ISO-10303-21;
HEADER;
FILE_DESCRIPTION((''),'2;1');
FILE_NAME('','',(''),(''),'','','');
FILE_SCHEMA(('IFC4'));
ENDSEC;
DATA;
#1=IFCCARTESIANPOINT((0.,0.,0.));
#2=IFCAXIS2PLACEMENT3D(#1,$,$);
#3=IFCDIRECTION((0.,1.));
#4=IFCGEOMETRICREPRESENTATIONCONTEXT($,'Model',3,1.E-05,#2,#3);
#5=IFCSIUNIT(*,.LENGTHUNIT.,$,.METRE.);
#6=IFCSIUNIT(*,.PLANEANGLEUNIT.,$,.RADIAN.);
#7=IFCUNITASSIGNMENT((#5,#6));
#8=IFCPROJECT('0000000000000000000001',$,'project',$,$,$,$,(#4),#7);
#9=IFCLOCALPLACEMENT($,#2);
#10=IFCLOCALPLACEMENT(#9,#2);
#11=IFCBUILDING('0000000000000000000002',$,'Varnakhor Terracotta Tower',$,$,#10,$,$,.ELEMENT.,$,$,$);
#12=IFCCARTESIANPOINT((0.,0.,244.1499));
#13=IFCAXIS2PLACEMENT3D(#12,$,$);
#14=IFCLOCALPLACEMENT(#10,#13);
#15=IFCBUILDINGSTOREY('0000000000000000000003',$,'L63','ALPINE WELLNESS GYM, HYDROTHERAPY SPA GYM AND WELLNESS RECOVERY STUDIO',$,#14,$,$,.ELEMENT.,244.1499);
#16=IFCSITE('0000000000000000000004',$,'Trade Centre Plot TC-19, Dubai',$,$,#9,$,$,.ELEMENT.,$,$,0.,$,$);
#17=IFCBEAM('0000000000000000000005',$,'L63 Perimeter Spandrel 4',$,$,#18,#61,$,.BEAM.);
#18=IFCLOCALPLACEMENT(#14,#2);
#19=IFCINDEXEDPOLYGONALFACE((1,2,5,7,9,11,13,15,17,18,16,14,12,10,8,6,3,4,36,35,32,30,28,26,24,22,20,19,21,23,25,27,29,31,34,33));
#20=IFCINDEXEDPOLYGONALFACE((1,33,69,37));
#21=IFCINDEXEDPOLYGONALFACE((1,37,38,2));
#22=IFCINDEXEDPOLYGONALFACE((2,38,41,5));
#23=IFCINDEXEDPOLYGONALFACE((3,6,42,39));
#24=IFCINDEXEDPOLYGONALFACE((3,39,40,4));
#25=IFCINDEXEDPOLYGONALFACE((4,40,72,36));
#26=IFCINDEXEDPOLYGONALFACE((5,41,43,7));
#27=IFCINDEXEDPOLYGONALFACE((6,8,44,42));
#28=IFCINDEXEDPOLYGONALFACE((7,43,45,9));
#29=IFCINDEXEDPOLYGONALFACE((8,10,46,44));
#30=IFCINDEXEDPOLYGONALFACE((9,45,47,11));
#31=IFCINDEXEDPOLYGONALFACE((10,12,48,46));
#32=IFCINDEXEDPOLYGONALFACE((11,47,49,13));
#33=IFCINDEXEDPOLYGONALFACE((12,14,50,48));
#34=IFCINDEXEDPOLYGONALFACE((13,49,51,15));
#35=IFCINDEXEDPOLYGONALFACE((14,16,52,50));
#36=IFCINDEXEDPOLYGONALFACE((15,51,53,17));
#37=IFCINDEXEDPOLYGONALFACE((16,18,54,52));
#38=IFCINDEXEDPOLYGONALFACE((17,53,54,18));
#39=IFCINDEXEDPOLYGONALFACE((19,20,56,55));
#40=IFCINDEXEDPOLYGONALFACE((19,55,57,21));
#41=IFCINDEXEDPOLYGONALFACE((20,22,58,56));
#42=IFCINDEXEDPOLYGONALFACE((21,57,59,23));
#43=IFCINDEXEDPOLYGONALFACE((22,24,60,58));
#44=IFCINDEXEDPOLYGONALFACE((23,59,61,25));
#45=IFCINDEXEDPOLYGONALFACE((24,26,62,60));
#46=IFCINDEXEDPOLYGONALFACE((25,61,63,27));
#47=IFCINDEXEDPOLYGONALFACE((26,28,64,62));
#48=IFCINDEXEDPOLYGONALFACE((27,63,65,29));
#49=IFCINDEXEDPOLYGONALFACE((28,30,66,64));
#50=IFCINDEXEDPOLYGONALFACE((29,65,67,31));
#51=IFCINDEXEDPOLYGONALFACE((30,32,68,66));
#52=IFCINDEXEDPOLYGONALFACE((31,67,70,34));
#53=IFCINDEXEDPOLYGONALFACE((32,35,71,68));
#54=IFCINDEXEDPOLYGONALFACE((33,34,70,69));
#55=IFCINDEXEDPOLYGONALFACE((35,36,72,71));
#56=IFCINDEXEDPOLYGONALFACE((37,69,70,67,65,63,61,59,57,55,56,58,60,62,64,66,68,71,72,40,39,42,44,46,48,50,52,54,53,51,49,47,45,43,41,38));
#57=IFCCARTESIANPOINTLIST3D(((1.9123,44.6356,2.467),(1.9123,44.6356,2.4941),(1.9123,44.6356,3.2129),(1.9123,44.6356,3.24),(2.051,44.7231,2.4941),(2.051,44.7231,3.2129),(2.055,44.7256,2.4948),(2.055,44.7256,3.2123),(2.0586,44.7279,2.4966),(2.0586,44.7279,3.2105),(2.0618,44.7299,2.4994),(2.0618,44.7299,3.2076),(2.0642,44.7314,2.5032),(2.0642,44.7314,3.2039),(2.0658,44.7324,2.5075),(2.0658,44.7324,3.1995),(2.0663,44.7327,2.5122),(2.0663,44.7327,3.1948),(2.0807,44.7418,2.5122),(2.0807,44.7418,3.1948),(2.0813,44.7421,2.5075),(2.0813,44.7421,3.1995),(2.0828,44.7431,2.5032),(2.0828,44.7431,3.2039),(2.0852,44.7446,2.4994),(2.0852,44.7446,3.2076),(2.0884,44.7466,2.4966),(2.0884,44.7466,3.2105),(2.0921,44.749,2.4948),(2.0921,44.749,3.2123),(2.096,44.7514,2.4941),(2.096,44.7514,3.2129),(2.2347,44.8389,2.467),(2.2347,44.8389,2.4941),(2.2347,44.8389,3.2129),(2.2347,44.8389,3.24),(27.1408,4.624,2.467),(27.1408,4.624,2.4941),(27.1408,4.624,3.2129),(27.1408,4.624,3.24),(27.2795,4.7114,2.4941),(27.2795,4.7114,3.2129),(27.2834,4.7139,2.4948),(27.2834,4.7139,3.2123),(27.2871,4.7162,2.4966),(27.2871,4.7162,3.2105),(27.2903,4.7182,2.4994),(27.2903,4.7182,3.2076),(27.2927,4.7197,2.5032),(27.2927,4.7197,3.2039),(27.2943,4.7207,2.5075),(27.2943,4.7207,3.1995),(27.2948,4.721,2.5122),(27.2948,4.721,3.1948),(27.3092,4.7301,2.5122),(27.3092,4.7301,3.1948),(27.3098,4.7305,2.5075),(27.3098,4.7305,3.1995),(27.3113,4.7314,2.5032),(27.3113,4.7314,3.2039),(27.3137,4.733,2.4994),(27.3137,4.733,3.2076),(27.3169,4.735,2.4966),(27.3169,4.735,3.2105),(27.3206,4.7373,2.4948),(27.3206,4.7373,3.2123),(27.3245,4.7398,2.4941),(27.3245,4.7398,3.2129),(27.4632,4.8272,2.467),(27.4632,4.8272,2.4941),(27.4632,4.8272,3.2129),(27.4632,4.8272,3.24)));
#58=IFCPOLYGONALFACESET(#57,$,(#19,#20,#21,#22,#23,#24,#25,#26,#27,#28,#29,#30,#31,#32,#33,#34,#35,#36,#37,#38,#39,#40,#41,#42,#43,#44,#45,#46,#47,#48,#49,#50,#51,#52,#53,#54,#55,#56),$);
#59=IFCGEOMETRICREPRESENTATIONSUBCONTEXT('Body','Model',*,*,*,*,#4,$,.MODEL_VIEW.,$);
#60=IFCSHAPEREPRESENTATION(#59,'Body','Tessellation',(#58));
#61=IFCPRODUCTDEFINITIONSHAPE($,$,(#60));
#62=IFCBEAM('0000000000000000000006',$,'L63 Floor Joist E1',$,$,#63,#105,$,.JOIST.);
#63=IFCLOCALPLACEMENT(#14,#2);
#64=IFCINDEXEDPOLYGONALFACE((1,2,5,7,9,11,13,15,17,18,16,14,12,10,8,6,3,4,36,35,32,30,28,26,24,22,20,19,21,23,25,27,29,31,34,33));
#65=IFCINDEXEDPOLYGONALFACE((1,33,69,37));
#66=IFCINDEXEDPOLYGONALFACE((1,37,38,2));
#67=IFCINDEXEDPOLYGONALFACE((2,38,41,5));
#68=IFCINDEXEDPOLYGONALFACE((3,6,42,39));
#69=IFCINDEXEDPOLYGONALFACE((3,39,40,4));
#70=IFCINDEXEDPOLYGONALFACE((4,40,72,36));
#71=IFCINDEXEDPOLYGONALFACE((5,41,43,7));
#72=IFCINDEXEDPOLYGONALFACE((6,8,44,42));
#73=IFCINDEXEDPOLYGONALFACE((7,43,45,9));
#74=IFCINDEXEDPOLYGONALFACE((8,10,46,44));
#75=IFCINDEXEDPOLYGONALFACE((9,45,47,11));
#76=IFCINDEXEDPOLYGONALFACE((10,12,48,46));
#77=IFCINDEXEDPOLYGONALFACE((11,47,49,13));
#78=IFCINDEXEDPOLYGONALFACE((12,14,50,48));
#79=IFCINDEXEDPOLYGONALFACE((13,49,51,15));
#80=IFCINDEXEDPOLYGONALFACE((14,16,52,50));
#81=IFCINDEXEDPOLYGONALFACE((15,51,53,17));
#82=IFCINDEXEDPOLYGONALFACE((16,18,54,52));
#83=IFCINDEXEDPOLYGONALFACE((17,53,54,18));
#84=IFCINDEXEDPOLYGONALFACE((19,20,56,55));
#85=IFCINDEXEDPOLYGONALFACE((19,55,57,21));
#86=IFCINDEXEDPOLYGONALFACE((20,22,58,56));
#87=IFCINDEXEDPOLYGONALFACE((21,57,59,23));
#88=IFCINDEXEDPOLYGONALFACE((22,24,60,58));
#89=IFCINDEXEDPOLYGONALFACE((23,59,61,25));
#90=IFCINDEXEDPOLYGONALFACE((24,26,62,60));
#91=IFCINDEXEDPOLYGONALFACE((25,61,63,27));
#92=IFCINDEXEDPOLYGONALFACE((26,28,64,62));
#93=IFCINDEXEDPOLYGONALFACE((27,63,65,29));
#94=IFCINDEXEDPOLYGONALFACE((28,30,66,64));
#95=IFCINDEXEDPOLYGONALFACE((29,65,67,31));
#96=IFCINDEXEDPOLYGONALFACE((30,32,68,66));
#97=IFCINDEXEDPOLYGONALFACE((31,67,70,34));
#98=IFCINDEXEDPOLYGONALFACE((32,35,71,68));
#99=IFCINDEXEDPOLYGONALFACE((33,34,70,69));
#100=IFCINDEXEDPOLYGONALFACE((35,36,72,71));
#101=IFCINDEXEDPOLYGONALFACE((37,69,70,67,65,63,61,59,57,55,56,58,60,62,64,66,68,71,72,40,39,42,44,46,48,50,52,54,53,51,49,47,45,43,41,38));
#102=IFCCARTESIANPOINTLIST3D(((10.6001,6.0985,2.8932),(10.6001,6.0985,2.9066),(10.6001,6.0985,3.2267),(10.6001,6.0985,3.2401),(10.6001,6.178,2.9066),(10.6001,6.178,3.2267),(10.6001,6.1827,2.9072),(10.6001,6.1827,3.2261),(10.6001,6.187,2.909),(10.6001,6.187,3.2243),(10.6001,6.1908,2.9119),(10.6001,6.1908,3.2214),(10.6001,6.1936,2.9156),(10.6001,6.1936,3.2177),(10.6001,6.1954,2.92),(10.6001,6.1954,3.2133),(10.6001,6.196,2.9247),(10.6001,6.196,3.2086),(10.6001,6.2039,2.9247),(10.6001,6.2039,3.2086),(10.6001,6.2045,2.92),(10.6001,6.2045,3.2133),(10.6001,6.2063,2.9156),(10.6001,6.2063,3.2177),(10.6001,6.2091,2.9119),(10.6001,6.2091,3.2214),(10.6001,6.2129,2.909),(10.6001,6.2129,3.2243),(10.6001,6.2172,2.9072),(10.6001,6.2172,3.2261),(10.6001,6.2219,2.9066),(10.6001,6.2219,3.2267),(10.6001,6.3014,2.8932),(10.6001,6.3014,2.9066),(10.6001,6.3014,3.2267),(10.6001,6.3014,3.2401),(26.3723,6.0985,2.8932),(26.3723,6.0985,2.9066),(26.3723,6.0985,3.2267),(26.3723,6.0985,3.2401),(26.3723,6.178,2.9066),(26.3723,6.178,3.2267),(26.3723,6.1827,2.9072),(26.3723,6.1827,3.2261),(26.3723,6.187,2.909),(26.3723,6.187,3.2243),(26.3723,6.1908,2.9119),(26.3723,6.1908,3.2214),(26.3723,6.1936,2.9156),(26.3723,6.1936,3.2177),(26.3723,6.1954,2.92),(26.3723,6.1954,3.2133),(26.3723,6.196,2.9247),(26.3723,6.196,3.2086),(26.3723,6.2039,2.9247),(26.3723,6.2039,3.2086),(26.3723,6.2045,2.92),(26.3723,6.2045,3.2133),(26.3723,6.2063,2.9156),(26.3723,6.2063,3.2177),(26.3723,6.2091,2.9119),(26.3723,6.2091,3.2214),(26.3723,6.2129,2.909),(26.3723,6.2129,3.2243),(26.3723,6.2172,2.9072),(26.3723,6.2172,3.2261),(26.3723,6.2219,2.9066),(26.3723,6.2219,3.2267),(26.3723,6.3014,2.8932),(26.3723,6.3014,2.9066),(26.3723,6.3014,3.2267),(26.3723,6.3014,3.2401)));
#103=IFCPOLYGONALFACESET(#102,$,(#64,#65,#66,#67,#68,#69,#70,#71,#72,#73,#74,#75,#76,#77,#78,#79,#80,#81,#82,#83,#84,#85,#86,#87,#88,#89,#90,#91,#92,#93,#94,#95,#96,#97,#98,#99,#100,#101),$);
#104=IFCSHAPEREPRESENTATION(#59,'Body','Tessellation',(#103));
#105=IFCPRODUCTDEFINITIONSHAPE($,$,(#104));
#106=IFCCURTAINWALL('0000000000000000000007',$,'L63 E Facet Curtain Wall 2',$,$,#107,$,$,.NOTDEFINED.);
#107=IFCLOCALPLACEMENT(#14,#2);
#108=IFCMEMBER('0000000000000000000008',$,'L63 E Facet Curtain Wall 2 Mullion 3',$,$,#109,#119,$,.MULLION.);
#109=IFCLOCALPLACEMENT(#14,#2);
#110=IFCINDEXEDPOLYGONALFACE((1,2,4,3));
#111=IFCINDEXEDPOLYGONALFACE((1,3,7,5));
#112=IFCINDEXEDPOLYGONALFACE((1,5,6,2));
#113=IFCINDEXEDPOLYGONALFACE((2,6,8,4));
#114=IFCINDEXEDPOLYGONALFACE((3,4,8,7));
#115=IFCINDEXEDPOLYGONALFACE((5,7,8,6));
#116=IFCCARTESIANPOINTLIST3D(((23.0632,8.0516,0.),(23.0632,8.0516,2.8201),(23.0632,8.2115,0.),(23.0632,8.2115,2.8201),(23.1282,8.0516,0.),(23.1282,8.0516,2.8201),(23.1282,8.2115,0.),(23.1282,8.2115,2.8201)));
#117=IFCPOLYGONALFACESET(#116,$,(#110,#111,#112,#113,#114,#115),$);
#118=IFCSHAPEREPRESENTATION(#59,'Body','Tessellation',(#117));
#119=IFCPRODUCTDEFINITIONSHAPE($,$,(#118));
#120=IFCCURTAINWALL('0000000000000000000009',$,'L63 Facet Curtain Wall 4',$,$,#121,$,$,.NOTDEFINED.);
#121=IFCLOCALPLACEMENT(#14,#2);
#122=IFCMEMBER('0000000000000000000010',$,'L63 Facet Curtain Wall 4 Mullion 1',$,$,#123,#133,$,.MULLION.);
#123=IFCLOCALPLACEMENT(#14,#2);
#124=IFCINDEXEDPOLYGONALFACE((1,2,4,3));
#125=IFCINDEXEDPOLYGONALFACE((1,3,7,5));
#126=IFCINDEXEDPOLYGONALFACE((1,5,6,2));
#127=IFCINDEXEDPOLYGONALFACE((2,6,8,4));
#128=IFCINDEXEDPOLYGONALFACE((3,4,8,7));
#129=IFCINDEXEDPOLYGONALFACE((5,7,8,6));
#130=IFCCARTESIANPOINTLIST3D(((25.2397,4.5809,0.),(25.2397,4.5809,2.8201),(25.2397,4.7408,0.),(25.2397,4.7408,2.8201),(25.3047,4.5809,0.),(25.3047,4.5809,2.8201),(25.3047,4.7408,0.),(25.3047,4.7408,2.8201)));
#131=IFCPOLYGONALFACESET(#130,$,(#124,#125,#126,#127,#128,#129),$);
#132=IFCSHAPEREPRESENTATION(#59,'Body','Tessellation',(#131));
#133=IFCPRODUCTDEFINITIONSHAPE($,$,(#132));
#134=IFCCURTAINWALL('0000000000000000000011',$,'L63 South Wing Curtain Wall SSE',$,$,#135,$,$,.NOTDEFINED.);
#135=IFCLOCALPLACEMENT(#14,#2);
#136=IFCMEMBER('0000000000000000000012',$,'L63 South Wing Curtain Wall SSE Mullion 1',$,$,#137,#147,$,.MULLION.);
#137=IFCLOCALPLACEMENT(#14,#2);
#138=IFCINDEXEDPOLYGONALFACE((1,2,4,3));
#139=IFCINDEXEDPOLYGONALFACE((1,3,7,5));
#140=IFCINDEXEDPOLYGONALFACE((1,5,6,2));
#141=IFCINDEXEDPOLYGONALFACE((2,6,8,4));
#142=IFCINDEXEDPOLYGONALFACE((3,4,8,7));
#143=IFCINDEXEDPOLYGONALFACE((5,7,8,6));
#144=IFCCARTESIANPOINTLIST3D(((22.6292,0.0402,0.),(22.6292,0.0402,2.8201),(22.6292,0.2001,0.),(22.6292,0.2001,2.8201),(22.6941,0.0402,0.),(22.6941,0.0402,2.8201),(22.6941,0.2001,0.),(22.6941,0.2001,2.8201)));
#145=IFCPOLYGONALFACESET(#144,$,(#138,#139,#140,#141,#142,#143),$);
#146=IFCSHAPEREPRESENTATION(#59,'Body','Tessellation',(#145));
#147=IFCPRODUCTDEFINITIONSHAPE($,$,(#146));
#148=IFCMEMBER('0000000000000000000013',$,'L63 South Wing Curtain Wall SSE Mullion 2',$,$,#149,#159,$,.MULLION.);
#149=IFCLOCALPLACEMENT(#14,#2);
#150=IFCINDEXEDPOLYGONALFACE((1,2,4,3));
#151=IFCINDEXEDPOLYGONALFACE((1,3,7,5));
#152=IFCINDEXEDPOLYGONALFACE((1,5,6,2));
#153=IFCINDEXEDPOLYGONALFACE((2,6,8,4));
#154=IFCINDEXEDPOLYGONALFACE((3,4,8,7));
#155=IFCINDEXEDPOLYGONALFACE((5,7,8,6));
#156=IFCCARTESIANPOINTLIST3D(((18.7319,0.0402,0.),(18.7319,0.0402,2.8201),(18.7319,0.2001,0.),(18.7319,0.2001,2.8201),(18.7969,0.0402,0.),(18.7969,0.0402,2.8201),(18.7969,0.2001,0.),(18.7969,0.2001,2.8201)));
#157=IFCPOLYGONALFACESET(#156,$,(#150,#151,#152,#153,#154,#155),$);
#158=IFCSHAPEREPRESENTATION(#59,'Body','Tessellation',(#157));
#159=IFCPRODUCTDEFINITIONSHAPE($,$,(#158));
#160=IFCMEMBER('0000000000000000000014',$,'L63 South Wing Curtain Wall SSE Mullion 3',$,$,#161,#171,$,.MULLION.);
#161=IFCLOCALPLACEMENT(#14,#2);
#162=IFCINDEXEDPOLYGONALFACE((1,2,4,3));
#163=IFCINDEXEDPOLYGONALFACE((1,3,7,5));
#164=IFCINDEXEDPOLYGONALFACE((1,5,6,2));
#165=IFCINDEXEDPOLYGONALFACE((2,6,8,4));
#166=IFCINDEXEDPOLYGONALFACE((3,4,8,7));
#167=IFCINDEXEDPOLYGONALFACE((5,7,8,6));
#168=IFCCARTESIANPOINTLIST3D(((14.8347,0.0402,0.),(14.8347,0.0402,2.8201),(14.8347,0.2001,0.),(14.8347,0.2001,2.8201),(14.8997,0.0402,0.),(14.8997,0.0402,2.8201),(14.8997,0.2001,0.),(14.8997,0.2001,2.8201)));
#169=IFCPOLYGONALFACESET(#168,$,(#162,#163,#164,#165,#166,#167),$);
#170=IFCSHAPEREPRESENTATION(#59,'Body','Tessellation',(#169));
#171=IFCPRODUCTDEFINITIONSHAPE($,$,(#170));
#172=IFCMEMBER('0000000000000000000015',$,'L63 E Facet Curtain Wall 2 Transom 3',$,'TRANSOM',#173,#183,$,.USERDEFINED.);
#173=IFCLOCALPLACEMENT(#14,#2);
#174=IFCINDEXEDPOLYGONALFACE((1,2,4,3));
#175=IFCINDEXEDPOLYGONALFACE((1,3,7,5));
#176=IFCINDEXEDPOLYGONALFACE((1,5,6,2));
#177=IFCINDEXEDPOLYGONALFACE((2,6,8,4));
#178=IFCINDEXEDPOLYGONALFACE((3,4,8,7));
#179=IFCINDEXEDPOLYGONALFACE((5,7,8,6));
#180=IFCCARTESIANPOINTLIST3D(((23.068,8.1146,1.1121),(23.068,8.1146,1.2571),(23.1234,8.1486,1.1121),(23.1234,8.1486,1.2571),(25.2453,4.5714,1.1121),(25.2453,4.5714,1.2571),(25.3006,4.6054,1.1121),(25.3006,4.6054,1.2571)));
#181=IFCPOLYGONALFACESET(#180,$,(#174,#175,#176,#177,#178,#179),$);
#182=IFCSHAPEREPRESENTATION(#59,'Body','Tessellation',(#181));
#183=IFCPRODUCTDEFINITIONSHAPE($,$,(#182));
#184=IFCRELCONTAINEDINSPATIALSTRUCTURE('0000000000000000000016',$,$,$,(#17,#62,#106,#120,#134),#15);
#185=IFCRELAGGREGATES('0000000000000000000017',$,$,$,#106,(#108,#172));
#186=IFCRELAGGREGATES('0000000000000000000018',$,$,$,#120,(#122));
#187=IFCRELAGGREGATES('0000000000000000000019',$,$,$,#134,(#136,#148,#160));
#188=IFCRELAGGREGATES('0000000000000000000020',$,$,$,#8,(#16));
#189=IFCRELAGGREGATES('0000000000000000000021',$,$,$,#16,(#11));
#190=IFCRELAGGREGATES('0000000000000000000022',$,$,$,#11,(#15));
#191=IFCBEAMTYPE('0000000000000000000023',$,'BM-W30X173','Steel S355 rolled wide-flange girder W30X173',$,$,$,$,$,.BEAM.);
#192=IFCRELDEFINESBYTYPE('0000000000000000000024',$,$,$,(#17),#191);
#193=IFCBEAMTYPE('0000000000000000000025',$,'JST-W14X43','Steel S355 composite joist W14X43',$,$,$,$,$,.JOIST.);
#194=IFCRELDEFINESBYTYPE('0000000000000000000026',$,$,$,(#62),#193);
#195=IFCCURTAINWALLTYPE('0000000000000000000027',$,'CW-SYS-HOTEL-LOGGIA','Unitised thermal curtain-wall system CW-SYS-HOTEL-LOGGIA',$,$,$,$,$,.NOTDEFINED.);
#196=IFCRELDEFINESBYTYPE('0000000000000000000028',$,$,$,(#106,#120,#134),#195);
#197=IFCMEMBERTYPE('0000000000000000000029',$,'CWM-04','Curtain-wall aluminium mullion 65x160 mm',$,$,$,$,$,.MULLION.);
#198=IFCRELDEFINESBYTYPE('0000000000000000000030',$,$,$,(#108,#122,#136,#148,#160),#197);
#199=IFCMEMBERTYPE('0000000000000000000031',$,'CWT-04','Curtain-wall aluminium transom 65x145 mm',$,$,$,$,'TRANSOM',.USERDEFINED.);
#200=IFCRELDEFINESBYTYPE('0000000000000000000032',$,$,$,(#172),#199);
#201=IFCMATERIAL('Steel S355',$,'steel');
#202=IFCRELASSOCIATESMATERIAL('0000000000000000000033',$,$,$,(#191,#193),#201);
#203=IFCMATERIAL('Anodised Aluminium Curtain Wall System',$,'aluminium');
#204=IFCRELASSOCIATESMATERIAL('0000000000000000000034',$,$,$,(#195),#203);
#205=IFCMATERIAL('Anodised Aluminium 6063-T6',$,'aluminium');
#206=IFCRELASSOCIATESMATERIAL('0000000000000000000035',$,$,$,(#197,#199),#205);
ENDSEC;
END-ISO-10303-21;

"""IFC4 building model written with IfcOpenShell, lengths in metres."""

from ifc_helpers import new_model, si_unit, direction, frame, origin, origin_2d, place, context, subcontext, project, spatial, rectangle, i_section, extrude, source, transform, mapped, material, material_profile, profile_set, type_object, type_shapes, element, aggregate, save


model = new_model("IFC4")

# Units and contexts
model_context = context("Model", 3, precision=1e-05, world=origin(), true_north=direction((0.0, 1.0)))
body_context = subcontext(model_context, "Body", "Model", "MODEL_VIEW")
ifc_project = project(units=[si_unit("LENGTHUNIT", "METRE"), si_unit("PLANEANGLEUNIT", "RADIAN")], contexts=[model_context])

# Site, building, storey
site_placement = place(None, origin())
site = spatial("IfcSite", under=ifc_project, at=site_placement, Name="Trade Centre Plot TC-19, Dubai", CompositionType="ELEMENT", RefElevation=0.0)
building_placement = place(site_placement, origin())
building = spatial("IfcBuilding", under=site, at=building_placement, Name="Varnakhor Terracotta Tower", CompositionType="ELEMENT")
storey_placement = place(building_placement, frame((0.0, 0.0, 244.1499)))
storey = spatial("IfcBuildingStorey", under=building, at=storey_placement, Name="L63", Description="ALPINE WELLNESS GYM, HYDROTHERAPY SPA GYM AND WELLNESS RECOVERY STUDIO", CompositionType="ELEMENT", Elevation=244.1499)

# Shared definitions
ifc_material_1 = material(Name="Steel S355", Category="steel")

# Beams
ifc_material_profile_1 = material_profile(ifc_material_1, i_section(OverallWidth=0.3811, OverallDepth=0.7729, WebThickness=0.0171, FlangeThickness=0.0271, FilletRadius=0.0181, at=origin_2d()), Name="W30X173")
ifc_profile_set_1 = profile_set([ifc_material_profile_1], Name="Steel S355")
beam_type_1 = type_object("IfcBeamType", Name="BM-W30X173", Description="Steel S355 rolled wide-flange girder W30X173", PredefinedType="BEAM", material=ifc_profile_set_1)
shared_shape_1 = source(origin(), body_context, "Body", "SweptSolid", [
    extrude(i_section(OverallWidth=0.3811, OverallDepth=0.7729, WebThickness=0.0171, FlangeThickness=0.0271, FilletRadius=0.0181, at=origin_2d()), origin(), (0.0, 0.0, 1.0), 47.3013),
])
beam_1_placement = place(storey_placement, frame((27.302, 4.7256, 2.8535), z_axis=(-0.533357, 0.84589, 0.0), x_axis=(-0.84589, -0.533357, 0.0)))
element("IfcBeam", 1, at=beam_1_placement, inside=storey, type_object=beam_type_1, Name="L63 Perimeter Spandrel 4", PredefinedType="BEAM", context=body_context, shape_type="MappedRepresentation", body=[
    mapped(shared_shape_1, transform((0.0, 0.0, 0.0), scale=1.0)),
])
ifc_material_profile_2 = material_profile(ifc_material_1, i_section(OverallWidth=0.2029, OverallDepth=0.3469, WebThickness=0.0078, FlangeThickness=0.0134, FilletRadius=0.0181, at=origin_2d()), Name="W14X43")
ifc_profile_set_2 = profile_set([ifc_material_profile_2], Name="Steel S355")
beam_type_2 = type_object("IfcBeamType", Name="JST-W14X43", Description="Steel S355 composite joist W14X43", PredefinedType="JOIST", material=ifc_profile_set_2)
shared_shape_2 = source(origin(), body_context, "Body", "SweptSolid", [
    extrude(i_section(OverallWidth=0.2029, OverallDepth=0.3469, WebThickness=0.0078, FlangeThickness=0.0134, FilletRadius=0.0181, at=origin_2d()), origin(), (0.0, 0.0, 1.0), 15.7722),
])
beam_2_placement = place(storey_placement, frame((10.6001, 6.2, 3.0667), z_axis=(1.0, 0.0, 0.0), x_axis=(0.0, 1.0, 0.0)))
element("IfcBeam", 2, at=beam_2_placement, inside=storey, type_object=beam_type_2, Name="L63 Floor Joist E1", PredefinedType="JOIST", context=body_context, shape_type="MappedRepresentation", body=[
    mapped(shared_shape_2, transform((0.0, 0.0, 0.0), scale=1.0)),
])

# Curtain walls, members
ifc_material_2 = material(Name="Anodised Aluminium Curtain Wall System", Category="aluminium")
curtain_wall_type = type_object("IfcCurtainWallType", Name="CW-SYS-HOTEL-LOGGIA", Description="Unitised thermal curtain-wall system CW-SYS-HOTEL-LOGGIA", PredefinedType="NOTDEFINED", material=ifc_material_2)
curtain_wall_1_placement = place(storey_placement, origin())
curtain_wall_1 = element("IfcCurtainWall", 3, at=curtain_wall_1_placement, inside=storey, type_object=curtain_wall_type, Name="L63 E Facet Curtain Wall 2", PredefinedType="NOTDEFINED")
ifc_material_3 = material(Name="Anodised Aluminium 6063-T6", Category="aluminium")
ifc_material_profile_3 = material_profile(ifc_material_3, rectangle(XDim=0.0649, YDim=0.1599, at=origin_2d()), Name="ALU MULLION 65x160")
ifc_profile_set_3 = profile_set([ifc_material_profile_3], Name="Anodised Aluminium 6063-T6")
member_type_1 = type_object("IfcMemberType", Name="CWM-04", Description="Curtain-wall aluminium mullion 65x160 mm", PredefinedType="MULLION", material=ifc_profile_set_3)
shared_shape_3 = source(origin(), body_context, "Body", "SweptSolid", [
    extrude(rectangle(XDim=0.0649, YDim=0.1599, at=origin_2d()), origin(), (0.0, 0.0, 1.0), 2.8201),
])
type_shapes(member_type_1, [shared_shape_3])
member_1_placement = place(storey_placement, frame((23.0957, 8.1316, 0.0), z_axis=(0.0, 0.0, 1.0), x_axis=(1.0, 0.0, 0.0)))
member_1 = element("IfcMember", 4, at=member_1_placement, type_object=member_type_1, Name="L63 E Facet Curtain Wall 2 Mullion 3", PredefinedType="MULLION", context=body_context, shape_type="MappedRepresentation", body=[
    mapped(shared_shape_3, transform((0.0, 0.0, 0.0), scale=1.0)),
])
curtain_wall_2_placement = place(storey_placement, origin())
curtain_wall_2 = element("IfcCurtainWall", 5, at=curtain_wall_2_placement, inside=storey, type_object=curtain_wall_type, Name="L63 Facet Curtain Wall 4", PredefinedType="NOTDEFINED")
member_2_placement = place(storey_placement, frame((25.2722, 4.6609, 0.0), z_axis=(0.0, 0.0, 1.0), x_axis=(1.0, 0.0, 0.0)))
member_2 = element("IfcMember", 6, at=member_2_placement, type_object=member_type_1, Name="L63 Facet Curtain Wall 4 Mullion 1", PredefinedType="MULLION", context=body_context, shape_type="MappedRepresentation", body=[
    mapped(shared_shape_3, transform((0.0, 0.0, 0.0), scale=1.0)),
])

# Curtain wall, members
curtain_wall_3_placement = place(storey_placement, origin())
curtain_wall_3 = element("IfcCurtainWall", 7, at=curtain_wall_3_placement, inside=storey, type_object=curtain_wall_type, Name="L63 South Wing Curtain Wall SSE", PredefinedType="NOTDEFINED")
member_3_placement = place(storey_placement, frame((22.6616, 0.1201, 0.0), z_axis=(0.0, 0.0, 1.0), x_axis=(1.0, 0.0, 0.0)))
member_3 = element("IfcMember", 8, at=member_3_placement, type_object=member_type_1, Name="L63 South Wing Curtain Wall SSE Mullion 1", PredefinedType="MULLION", context=body_context, shape_type="MappedRepresentation", body=[
    mapped(shared_shape_3, transform((0.0, 0.0, 0.0), scale=1.0)),
])
member_4_placement = place(storey_placement, frame((18.7644, 0.1201, 0.0), z_axis=(0.0, 0.0, 1.0), x_axis=(1.0, 0.0, 0.0)))
member_4 = element("IfcMember", 9, at=member_4_placement, type_object=member_type_1, Name="L63 South Wing Curtain Wall SSE Mullion 2", PredefinedType="MULLION", context=body_context, shape_type="MappedRepresentation", body=[
    mapped(shared_shape_3, transform((0.0, 0.0, 0.0), scale=1.0)),
])
member_5_placement = place(storey_placement, frame((14.8672, 0.1201, 0.0), z_axis=(0.0, 0.0, 1.0), x_axis=(1.0, 0.0, 0.0)))
member_5 = element("IfcMember", 10, at=member_5_placement, type_object=member_type_1, Name="L63 South Wing Curtain Wall SSE Mullion 3", PredefinedType="MULLION", context=body_context, shape_type="MappedRepresentation", body=[
    mapped(shared_shape_3, transform((0.0, 0.0, 0.0), scale=1.0)),
])

# Member
ifc_material_profile_4 = material_profile(ifc_material_3, rectangle(XDim=0.0649, YDim=0.145, at=origin_2d()), Name="ALU TRANSOM 65x145")
ifc_profile_set_4 = profile_set([ifc_material_profile_4], Name="Anodised Aluminium 6063-T6")
member_type_2 = type_object("IfcMemberType", Name="CWT-04", Description="Curtain-wall aluminium transom 65x145 mm", ElementType="TRANSOM", PredefinedType="USERDEFINED", material=ifc_profile_set_4)
shared_shape_4 = source(origin(), body_context, "Body", "SweptSolid", [
    extrude(rectangle(XDim=0.0649, YDim=0.145, at=origin_2d()), origin(), (0.0, 0.0, 1.0), 4.1587),
])
member_6_placement = place(storey_placement, frame((23.0957, 8.1316, 1.1846), z_axis=(0.52354, -0.852001, 0.0), x_axis=(0.852001, 0.52354, 0.0)))
member_6 = element("IfcMember", 11, at=member_6_placement, type_object=member_type_2, Name="L63 E Facet Curtain Wall 2 Transom 3", ObjectType="TRANSOM", PredefinedType="USERDEFINED", context=body_context, shape_type="MappedRepresentation", body=[
    mapped(shared_shape_4, transform((0.0, 0.0, 0.0), scale=1.0)),
])

aggregate(curtain_wall_1, [member_1, member_6])
aggregate(curtain_wall_2, [member_2])
aggregate(curtain_wall_3, [member_3, member_4, member_5])

save(model, "model.ifc")
